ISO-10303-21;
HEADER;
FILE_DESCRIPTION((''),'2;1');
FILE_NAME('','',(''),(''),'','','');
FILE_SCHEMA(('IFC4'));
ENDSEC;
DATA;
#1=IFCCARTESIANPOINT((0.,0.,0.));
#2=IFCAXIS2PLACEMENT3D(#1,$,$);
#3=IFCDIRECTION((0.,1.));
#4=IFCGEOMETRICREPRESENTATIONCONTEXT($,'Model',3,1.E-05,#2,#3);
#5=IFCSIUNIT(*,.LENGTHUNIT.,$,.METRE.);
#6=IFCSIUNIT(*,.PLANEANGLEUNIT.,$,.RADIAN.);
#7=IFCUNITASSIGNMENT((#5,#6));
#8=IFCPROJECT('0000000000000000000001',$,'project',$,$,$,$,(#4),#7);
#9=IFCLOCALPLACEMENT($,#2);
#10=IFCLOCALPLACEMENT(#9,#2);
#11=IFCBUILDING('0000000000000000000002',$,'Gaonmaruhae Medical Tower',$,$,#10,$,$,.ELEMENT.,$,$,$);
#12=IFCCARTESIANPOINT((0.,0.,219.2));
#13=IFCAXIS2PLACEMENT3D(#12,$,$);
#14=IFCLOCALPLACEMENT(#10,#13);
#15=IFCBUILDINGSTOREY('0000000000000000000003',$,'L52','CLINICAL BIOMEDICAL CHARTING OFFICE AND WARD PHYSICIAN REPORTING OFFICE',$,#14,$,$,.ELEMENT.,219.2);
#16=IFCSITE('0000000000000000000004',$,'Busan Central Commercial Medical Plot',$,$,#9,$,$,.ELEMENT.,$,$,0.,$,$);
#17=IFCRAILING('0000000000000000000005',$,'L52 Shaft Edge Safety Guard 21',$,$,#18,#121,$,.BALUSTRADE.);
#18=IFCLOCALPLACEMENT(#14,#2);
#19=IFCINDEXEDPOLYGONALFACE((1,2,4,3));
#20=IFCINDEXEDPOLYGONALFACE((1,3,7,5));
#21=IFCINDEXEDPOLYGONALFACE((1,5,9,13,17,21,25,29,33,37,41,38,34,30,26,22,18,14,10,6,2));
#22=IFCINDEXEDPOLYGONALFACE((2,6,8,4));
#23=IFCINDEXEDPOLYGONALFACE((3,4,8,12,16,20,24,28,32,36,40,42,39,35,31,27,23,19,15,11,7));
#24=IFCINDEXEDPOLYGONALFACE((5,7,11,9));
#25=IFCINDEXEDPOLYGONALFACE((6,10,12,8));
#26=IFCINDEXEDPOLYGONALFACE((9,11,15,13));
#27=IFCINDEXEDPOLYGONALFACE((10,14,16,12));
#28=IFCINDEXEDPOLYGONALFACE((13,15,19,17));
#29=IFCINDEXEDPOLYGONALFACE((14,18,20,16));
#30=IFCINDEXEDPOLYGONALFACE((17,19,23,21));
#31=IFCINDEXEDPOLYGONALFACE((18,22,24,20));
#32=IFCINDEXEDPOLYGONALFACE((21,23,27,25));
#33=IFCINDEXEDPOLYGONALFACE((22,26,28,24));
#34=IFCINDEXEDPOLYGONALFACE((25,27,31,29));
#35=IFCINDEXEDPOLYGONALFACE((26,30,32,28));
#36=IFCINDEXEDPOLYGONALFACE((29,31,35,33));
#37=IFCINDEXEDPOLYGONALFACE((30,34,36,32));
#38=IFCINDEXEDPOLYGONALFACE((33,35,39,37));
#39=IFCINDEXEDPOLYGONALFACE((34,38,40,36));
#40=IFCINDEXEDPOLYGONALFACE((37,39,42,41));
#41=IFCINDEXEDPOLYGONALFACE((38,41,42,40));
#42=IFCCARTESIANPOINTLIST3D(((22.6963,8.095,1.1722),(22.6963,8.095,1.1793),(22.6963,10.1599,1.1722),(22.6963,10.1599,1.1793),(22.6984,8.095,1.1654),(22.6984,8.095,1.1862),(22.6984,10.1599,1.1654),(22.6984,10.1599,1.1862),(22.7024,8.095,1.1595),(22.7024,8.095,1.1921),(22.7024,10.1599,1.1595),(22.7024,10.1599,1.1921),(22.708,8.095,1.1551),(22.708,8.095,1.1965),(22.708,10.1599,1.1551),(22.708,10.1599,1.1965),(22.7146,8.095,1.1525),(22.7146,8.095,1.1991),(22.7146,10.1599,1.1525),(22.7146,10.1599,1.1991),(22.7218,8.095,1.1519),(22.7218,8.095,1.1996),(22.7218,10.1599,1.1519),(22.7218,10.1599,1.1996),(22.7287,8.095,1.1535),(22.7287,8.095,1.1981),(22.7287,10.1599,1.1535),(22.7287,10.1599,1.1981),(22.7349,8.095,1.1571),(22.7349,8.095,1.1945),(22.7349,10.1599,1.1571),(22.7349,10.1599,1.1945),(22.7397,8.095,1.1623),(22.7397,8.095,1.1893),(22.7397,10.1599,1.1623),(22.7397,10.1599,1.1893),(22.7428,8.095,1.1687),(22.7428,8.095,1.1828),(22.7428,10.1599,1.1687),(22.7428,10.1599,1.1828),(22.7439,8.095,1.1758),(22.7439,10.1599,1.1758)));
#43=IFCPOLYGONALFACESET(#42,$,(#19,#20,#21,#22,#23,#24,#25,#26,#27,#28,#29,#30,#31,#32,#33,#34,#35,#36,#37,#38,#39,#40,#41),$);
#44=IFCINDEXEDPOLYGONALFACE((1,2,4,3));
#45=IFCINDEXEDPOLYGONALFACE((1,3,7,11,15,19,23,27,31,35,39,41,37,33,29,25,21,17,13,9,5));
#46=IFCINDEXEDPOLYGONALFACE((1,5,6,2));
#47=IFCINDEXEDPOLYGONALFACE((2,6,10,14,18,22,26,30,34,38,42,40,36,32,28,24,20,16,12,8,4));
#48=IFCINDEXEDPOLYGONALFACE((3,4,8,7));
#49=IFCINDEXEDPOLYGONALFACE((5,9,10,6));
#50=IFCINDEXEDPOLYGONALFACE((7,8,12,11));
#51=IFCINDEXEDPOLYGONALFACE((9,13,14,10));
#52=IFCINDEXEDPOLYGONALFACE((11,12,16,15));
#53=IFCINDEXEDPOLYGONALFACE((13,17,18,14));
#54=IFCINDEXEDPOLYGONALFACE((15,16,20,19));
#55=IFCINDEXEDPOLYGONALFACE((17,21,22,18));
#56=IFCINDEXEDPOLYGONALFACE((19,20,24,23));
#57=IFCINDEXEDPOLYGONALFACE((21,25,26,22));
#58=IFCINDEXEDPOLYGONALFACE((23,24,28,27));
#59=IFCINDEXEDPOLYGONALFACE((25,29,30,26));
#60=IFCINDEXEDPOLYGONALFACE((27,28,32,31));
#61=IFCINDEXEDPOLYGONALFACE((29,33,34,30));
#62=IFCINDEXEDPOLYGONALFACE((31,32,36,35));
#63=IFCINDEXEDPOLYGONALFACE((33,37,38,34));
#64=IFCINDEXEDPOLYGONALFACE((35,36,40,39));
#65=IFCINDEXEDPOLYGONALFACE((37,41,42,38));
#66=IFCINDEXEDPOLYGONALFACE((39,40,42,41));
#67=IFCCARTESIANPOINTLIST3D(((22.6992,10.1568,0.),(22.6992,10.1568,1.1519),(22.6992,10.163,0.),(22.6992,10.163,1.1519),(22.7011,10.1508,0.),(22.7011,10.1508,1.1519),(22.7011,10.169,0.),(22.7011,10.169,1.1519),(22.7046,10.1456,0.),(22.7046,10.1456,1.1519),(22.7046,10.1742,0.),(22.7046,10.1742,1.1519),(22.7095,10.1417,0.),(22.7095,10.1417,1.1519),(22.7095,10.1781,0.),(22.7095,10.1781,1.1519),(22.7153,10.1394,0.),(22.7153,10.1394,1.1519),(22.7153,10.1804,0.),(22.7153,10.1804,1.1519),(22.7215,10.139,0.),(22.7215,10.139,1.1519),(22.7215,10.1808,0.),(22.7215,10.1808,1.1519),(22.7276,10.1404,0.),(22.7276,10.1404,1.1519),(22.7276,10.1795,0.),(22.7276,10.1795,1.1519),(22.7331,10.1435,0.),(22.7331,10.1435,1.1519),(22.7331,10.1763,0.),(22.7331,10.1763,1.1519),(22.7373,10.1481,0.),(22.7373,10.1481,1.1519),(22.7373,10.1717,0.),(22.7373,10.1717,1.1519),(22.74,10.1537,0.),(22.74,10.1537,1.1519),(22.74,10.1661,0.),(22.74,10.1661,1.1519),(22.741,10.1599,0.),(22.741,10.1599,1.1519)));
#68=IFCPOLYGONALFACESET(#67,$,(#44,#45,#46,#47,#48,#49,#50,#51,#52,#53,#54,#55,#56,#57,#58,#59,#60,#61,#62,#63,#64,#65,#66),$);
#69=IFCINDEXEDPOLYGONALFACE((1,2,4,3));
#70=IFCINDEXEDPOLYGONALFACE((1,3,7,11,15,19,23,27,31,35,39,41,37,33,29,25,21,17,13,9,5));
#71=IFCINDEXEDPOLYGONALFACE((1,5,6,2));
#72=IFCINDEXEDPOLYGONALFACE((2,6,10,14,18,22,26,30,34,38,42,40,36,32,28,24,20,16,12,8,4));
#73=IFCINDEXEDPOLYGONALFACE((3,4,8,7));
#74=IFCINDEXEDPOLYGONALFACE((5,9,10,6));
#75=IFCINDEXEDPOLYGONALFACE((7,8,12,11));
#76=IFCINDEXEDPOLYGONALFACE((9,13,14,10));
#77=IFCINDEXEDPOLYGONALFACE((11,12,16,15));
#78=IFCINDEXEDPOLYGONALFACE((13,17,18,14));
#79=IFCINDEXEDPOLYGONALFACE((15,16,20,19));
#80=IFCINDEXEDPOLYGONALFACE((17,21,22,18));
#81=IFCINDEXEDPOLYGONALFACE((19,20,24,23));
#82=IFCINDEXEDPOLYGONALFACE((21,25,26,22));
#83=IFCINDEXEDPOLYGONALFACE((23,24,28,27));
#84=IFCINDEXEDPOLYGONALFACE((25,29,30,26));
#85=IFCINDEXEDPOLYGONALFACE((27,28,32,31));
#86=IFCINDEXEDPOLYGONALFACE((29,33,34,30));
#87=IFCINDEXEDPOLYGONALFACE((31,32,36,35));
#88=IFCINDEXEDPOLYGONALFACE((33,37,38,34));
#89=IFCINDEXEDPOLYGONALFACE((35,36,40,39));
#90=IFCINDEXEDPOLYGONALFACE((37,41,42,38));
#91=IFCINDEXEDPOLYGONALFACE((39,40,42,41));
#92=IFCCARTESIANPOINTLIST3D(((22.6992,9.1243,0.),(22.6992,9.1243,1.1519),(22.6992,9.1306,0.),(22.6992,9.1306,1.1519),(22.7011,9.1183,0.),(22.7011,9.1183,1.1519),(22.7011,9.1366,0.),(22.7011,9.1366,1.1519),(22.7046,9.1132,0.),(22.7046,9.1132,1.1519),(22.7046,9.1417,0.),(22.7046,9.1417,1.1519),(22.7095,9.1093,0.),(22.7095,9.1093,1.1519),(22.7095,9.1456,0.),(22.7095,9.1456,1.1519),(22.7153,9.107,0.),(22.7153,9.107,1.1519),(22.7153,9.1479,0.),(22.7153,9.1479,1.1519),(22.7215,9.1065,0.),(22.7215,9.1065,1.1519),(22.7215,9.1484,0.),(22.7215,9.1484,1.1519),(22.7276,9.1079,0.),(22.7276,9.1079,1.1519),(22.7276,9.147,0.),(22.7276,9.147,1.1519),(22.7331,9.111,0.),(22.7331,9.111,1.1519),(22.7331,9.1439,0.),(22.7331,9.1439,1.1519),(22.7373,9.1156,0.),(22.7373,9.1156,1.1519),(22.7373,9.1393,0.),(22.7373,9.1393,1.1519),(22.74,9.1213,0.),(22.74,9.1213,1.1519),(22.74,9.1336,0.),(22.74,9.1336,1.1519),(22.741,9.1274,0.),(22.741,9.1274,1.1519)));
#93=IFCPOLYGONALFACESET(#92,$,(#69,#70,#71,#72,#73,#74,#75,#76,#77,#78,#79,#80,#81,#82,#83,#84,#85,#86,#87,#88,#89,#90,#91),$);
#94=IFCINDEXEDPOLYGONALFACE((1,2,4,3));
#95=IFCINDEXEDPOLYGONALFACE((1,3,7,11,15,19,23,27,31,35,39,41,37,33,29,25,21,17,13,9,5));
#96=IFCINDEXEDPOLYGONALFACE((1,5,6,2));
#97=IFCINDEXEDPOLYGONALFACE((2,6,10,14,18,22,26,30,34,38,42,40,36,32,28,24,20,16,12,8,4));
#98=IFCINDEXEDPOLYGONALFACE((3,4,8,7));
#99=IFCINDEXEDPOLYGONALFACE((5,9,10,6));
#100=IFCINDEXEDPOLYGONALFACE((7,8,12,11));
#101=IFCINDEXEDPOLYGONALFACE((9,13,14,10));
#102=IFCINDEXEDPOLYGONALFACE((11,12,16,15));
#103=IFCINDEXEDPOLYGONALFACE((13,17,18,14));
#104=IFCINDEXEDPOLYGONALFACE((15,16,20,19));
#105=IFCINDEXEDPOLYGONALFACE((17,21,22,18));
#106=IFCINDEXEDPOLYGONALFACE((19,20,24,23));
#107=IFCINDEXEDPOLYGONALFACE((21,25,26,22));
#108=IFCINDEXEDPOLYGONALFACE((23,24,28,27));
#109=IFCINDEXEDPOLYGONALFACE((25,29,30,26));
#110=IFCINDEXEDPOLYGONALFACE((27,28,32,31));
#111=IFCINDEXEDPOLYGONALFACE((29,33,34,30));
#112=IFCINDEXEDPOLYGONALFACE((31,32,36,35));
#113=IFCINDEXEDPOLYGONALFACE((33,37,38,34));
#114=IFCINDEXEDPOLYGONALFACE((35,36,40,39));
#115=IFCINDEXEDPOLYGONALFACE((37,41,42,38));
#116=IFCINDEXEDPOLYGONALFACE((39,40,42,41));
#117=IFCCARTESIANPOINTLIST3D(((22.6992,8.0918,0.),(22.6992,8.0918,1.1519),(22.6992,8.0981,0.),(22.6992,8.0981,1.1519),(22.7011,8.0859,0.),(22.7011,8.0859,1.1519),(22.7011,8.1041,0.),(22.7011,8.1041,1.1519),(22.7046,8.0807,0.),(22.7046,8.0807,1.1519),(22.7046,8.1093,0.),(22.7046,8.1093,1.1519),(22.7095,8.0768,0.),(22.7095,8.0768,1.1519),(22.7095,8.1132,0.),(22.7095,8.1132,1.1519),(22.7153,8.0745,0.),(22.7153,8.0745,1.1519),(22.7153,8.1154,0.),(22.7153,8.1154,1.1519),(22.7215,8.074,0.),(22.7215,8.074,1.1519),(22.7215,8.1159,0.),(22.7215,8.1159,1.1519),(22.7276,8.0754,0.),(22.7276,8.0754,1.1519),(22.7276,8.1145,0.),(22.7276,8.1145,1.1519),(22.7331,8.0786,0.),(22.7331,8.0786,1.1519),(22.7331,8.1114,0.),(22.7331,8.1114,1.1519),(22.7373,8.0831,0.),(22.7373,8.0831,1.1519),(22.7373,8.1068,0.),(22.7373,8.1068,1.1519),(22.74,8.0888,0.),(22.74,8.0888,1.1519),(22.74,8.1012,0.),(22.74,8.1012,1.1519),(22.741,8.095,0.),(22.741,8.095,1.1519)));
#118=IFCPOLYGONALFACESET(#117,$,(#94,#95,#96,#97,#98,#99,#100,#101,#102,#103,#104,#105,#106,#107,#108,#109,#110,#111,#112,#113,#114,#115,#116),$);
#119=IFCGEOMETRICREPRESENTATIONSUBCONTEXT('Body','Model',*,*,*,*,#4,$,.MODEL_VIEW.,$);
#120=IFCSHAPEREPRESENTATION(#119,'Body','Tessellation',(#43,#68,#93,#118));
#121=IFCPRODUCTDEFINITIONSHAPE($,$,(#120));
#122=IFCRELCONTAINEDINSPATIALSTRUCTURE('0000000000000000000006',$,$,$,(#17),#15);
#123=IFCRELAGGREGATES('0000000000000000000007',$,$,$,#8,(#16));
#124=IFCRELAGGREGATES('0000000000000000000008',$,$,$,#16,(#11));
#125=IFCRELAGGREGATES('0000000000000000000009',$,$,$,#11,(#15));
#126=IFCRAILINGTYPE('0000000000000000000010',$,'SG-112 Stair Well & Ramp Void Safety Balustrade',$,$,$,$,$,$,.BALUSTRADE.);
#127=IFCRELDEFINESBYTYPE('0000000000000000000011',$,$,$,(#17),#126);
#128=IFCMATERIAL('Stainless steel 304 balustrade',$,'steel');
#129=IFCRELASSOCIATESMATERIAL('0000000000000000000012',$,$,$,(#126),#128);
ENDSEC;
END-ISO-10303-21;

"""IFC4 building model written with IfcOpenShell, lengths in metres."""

from ifc_helpers import new_model, si_unit, direction, frame, origin, origin_2d, place, context, subcontext, project, spatial, circle, extrude, material, type_object, element, save


model = new_model("IFC4")

# Units and contexts
model_context = context("Model", 3, precision=1e-05, world=origin(), true_north=direction((0.0, 1.0)))
body_context = subcontext(model_context, "Body", "Model", "MODEL_VIEW")
ifc_project = project(units=[si_unit("LENGTHUNIT", "METRE"), si_unit("PLANEANGLEUNIT", "RADIAN")], contexts=[model_context])

# Site, building, storey
site_placement = place(None, origin())
site = spatial("IfcSite", under=ifc_project, at=site_placement, Name="Busan Central Commercial Medical Plot", CompositionType="ELEMENT", RefElevation=0.0)
building_placement = place(site_placement, origin())
building = spatial("IfcBuilding", under=site, at=building_placement, Name="Gaonmaruhae Medical Tower", CompositionType="ELEMENT")
storey_placement = place(building_placement, frame((0.0, 0.0, 219.2)))
storey = spatial("IfcBuildingStorey", under=building, at=storey_placement, Name="L52", Description="CLINICAL BIOMEDICAL CHARTING OFFICE AND WARD PHYSICIAN REPORTING OFFICE", CompositionType="ELEMENT", Elevation=219.2)

# Railing
ifc_material_1 = material(Name="Stainless steel 304 balustrade", Category="steel")
railing_type_1 = type_object("IfcRailingType", Name="SG-112 Stair Well & Ramp Void Safety Balustrade", PredefinedType="BALUSTRADE", material=ifc_material_1)
railing_1_placement = place(storey_placement, frame((22.72, 10.1599, 0.0)))
element("IfcRailing", 1, at=railing_1_placement, inside=storey, type_object=railing_type_1, Name="L52 Shaft Edge Safety Guard 21", PredefinedType="BALUSTRADE", context=body_context, shape_type="SweptSolid", body=[
    extrude(circle(Radius=0.0239, at=origin_2d()), frame((0.0, 0.0, 1.1758), z_axis=(0.0, -1.0, 0.0), x_axis=(1.0, 0.0, 0.0)), (0.0, 0.0, 1.0), 2.0649),
    extrude(circle(Radius=0.021, at=origin_2d()), origin(), (0.0, 0.0, 1.0), 1.1519),
    extrude(circle(Radius=0.021, at=origin_2d()), frame((0.0, -1.0325, 0.0)), (0.0, 0.0, 1.0), 1.1519),
    extrude(circle(Radius=0.021, at=origin_2d()), frame((0.0, -2.0649, 0.0)), (0.0, 0.0, 1.0), 1.1519),
])

save(model, "model.ifc")
